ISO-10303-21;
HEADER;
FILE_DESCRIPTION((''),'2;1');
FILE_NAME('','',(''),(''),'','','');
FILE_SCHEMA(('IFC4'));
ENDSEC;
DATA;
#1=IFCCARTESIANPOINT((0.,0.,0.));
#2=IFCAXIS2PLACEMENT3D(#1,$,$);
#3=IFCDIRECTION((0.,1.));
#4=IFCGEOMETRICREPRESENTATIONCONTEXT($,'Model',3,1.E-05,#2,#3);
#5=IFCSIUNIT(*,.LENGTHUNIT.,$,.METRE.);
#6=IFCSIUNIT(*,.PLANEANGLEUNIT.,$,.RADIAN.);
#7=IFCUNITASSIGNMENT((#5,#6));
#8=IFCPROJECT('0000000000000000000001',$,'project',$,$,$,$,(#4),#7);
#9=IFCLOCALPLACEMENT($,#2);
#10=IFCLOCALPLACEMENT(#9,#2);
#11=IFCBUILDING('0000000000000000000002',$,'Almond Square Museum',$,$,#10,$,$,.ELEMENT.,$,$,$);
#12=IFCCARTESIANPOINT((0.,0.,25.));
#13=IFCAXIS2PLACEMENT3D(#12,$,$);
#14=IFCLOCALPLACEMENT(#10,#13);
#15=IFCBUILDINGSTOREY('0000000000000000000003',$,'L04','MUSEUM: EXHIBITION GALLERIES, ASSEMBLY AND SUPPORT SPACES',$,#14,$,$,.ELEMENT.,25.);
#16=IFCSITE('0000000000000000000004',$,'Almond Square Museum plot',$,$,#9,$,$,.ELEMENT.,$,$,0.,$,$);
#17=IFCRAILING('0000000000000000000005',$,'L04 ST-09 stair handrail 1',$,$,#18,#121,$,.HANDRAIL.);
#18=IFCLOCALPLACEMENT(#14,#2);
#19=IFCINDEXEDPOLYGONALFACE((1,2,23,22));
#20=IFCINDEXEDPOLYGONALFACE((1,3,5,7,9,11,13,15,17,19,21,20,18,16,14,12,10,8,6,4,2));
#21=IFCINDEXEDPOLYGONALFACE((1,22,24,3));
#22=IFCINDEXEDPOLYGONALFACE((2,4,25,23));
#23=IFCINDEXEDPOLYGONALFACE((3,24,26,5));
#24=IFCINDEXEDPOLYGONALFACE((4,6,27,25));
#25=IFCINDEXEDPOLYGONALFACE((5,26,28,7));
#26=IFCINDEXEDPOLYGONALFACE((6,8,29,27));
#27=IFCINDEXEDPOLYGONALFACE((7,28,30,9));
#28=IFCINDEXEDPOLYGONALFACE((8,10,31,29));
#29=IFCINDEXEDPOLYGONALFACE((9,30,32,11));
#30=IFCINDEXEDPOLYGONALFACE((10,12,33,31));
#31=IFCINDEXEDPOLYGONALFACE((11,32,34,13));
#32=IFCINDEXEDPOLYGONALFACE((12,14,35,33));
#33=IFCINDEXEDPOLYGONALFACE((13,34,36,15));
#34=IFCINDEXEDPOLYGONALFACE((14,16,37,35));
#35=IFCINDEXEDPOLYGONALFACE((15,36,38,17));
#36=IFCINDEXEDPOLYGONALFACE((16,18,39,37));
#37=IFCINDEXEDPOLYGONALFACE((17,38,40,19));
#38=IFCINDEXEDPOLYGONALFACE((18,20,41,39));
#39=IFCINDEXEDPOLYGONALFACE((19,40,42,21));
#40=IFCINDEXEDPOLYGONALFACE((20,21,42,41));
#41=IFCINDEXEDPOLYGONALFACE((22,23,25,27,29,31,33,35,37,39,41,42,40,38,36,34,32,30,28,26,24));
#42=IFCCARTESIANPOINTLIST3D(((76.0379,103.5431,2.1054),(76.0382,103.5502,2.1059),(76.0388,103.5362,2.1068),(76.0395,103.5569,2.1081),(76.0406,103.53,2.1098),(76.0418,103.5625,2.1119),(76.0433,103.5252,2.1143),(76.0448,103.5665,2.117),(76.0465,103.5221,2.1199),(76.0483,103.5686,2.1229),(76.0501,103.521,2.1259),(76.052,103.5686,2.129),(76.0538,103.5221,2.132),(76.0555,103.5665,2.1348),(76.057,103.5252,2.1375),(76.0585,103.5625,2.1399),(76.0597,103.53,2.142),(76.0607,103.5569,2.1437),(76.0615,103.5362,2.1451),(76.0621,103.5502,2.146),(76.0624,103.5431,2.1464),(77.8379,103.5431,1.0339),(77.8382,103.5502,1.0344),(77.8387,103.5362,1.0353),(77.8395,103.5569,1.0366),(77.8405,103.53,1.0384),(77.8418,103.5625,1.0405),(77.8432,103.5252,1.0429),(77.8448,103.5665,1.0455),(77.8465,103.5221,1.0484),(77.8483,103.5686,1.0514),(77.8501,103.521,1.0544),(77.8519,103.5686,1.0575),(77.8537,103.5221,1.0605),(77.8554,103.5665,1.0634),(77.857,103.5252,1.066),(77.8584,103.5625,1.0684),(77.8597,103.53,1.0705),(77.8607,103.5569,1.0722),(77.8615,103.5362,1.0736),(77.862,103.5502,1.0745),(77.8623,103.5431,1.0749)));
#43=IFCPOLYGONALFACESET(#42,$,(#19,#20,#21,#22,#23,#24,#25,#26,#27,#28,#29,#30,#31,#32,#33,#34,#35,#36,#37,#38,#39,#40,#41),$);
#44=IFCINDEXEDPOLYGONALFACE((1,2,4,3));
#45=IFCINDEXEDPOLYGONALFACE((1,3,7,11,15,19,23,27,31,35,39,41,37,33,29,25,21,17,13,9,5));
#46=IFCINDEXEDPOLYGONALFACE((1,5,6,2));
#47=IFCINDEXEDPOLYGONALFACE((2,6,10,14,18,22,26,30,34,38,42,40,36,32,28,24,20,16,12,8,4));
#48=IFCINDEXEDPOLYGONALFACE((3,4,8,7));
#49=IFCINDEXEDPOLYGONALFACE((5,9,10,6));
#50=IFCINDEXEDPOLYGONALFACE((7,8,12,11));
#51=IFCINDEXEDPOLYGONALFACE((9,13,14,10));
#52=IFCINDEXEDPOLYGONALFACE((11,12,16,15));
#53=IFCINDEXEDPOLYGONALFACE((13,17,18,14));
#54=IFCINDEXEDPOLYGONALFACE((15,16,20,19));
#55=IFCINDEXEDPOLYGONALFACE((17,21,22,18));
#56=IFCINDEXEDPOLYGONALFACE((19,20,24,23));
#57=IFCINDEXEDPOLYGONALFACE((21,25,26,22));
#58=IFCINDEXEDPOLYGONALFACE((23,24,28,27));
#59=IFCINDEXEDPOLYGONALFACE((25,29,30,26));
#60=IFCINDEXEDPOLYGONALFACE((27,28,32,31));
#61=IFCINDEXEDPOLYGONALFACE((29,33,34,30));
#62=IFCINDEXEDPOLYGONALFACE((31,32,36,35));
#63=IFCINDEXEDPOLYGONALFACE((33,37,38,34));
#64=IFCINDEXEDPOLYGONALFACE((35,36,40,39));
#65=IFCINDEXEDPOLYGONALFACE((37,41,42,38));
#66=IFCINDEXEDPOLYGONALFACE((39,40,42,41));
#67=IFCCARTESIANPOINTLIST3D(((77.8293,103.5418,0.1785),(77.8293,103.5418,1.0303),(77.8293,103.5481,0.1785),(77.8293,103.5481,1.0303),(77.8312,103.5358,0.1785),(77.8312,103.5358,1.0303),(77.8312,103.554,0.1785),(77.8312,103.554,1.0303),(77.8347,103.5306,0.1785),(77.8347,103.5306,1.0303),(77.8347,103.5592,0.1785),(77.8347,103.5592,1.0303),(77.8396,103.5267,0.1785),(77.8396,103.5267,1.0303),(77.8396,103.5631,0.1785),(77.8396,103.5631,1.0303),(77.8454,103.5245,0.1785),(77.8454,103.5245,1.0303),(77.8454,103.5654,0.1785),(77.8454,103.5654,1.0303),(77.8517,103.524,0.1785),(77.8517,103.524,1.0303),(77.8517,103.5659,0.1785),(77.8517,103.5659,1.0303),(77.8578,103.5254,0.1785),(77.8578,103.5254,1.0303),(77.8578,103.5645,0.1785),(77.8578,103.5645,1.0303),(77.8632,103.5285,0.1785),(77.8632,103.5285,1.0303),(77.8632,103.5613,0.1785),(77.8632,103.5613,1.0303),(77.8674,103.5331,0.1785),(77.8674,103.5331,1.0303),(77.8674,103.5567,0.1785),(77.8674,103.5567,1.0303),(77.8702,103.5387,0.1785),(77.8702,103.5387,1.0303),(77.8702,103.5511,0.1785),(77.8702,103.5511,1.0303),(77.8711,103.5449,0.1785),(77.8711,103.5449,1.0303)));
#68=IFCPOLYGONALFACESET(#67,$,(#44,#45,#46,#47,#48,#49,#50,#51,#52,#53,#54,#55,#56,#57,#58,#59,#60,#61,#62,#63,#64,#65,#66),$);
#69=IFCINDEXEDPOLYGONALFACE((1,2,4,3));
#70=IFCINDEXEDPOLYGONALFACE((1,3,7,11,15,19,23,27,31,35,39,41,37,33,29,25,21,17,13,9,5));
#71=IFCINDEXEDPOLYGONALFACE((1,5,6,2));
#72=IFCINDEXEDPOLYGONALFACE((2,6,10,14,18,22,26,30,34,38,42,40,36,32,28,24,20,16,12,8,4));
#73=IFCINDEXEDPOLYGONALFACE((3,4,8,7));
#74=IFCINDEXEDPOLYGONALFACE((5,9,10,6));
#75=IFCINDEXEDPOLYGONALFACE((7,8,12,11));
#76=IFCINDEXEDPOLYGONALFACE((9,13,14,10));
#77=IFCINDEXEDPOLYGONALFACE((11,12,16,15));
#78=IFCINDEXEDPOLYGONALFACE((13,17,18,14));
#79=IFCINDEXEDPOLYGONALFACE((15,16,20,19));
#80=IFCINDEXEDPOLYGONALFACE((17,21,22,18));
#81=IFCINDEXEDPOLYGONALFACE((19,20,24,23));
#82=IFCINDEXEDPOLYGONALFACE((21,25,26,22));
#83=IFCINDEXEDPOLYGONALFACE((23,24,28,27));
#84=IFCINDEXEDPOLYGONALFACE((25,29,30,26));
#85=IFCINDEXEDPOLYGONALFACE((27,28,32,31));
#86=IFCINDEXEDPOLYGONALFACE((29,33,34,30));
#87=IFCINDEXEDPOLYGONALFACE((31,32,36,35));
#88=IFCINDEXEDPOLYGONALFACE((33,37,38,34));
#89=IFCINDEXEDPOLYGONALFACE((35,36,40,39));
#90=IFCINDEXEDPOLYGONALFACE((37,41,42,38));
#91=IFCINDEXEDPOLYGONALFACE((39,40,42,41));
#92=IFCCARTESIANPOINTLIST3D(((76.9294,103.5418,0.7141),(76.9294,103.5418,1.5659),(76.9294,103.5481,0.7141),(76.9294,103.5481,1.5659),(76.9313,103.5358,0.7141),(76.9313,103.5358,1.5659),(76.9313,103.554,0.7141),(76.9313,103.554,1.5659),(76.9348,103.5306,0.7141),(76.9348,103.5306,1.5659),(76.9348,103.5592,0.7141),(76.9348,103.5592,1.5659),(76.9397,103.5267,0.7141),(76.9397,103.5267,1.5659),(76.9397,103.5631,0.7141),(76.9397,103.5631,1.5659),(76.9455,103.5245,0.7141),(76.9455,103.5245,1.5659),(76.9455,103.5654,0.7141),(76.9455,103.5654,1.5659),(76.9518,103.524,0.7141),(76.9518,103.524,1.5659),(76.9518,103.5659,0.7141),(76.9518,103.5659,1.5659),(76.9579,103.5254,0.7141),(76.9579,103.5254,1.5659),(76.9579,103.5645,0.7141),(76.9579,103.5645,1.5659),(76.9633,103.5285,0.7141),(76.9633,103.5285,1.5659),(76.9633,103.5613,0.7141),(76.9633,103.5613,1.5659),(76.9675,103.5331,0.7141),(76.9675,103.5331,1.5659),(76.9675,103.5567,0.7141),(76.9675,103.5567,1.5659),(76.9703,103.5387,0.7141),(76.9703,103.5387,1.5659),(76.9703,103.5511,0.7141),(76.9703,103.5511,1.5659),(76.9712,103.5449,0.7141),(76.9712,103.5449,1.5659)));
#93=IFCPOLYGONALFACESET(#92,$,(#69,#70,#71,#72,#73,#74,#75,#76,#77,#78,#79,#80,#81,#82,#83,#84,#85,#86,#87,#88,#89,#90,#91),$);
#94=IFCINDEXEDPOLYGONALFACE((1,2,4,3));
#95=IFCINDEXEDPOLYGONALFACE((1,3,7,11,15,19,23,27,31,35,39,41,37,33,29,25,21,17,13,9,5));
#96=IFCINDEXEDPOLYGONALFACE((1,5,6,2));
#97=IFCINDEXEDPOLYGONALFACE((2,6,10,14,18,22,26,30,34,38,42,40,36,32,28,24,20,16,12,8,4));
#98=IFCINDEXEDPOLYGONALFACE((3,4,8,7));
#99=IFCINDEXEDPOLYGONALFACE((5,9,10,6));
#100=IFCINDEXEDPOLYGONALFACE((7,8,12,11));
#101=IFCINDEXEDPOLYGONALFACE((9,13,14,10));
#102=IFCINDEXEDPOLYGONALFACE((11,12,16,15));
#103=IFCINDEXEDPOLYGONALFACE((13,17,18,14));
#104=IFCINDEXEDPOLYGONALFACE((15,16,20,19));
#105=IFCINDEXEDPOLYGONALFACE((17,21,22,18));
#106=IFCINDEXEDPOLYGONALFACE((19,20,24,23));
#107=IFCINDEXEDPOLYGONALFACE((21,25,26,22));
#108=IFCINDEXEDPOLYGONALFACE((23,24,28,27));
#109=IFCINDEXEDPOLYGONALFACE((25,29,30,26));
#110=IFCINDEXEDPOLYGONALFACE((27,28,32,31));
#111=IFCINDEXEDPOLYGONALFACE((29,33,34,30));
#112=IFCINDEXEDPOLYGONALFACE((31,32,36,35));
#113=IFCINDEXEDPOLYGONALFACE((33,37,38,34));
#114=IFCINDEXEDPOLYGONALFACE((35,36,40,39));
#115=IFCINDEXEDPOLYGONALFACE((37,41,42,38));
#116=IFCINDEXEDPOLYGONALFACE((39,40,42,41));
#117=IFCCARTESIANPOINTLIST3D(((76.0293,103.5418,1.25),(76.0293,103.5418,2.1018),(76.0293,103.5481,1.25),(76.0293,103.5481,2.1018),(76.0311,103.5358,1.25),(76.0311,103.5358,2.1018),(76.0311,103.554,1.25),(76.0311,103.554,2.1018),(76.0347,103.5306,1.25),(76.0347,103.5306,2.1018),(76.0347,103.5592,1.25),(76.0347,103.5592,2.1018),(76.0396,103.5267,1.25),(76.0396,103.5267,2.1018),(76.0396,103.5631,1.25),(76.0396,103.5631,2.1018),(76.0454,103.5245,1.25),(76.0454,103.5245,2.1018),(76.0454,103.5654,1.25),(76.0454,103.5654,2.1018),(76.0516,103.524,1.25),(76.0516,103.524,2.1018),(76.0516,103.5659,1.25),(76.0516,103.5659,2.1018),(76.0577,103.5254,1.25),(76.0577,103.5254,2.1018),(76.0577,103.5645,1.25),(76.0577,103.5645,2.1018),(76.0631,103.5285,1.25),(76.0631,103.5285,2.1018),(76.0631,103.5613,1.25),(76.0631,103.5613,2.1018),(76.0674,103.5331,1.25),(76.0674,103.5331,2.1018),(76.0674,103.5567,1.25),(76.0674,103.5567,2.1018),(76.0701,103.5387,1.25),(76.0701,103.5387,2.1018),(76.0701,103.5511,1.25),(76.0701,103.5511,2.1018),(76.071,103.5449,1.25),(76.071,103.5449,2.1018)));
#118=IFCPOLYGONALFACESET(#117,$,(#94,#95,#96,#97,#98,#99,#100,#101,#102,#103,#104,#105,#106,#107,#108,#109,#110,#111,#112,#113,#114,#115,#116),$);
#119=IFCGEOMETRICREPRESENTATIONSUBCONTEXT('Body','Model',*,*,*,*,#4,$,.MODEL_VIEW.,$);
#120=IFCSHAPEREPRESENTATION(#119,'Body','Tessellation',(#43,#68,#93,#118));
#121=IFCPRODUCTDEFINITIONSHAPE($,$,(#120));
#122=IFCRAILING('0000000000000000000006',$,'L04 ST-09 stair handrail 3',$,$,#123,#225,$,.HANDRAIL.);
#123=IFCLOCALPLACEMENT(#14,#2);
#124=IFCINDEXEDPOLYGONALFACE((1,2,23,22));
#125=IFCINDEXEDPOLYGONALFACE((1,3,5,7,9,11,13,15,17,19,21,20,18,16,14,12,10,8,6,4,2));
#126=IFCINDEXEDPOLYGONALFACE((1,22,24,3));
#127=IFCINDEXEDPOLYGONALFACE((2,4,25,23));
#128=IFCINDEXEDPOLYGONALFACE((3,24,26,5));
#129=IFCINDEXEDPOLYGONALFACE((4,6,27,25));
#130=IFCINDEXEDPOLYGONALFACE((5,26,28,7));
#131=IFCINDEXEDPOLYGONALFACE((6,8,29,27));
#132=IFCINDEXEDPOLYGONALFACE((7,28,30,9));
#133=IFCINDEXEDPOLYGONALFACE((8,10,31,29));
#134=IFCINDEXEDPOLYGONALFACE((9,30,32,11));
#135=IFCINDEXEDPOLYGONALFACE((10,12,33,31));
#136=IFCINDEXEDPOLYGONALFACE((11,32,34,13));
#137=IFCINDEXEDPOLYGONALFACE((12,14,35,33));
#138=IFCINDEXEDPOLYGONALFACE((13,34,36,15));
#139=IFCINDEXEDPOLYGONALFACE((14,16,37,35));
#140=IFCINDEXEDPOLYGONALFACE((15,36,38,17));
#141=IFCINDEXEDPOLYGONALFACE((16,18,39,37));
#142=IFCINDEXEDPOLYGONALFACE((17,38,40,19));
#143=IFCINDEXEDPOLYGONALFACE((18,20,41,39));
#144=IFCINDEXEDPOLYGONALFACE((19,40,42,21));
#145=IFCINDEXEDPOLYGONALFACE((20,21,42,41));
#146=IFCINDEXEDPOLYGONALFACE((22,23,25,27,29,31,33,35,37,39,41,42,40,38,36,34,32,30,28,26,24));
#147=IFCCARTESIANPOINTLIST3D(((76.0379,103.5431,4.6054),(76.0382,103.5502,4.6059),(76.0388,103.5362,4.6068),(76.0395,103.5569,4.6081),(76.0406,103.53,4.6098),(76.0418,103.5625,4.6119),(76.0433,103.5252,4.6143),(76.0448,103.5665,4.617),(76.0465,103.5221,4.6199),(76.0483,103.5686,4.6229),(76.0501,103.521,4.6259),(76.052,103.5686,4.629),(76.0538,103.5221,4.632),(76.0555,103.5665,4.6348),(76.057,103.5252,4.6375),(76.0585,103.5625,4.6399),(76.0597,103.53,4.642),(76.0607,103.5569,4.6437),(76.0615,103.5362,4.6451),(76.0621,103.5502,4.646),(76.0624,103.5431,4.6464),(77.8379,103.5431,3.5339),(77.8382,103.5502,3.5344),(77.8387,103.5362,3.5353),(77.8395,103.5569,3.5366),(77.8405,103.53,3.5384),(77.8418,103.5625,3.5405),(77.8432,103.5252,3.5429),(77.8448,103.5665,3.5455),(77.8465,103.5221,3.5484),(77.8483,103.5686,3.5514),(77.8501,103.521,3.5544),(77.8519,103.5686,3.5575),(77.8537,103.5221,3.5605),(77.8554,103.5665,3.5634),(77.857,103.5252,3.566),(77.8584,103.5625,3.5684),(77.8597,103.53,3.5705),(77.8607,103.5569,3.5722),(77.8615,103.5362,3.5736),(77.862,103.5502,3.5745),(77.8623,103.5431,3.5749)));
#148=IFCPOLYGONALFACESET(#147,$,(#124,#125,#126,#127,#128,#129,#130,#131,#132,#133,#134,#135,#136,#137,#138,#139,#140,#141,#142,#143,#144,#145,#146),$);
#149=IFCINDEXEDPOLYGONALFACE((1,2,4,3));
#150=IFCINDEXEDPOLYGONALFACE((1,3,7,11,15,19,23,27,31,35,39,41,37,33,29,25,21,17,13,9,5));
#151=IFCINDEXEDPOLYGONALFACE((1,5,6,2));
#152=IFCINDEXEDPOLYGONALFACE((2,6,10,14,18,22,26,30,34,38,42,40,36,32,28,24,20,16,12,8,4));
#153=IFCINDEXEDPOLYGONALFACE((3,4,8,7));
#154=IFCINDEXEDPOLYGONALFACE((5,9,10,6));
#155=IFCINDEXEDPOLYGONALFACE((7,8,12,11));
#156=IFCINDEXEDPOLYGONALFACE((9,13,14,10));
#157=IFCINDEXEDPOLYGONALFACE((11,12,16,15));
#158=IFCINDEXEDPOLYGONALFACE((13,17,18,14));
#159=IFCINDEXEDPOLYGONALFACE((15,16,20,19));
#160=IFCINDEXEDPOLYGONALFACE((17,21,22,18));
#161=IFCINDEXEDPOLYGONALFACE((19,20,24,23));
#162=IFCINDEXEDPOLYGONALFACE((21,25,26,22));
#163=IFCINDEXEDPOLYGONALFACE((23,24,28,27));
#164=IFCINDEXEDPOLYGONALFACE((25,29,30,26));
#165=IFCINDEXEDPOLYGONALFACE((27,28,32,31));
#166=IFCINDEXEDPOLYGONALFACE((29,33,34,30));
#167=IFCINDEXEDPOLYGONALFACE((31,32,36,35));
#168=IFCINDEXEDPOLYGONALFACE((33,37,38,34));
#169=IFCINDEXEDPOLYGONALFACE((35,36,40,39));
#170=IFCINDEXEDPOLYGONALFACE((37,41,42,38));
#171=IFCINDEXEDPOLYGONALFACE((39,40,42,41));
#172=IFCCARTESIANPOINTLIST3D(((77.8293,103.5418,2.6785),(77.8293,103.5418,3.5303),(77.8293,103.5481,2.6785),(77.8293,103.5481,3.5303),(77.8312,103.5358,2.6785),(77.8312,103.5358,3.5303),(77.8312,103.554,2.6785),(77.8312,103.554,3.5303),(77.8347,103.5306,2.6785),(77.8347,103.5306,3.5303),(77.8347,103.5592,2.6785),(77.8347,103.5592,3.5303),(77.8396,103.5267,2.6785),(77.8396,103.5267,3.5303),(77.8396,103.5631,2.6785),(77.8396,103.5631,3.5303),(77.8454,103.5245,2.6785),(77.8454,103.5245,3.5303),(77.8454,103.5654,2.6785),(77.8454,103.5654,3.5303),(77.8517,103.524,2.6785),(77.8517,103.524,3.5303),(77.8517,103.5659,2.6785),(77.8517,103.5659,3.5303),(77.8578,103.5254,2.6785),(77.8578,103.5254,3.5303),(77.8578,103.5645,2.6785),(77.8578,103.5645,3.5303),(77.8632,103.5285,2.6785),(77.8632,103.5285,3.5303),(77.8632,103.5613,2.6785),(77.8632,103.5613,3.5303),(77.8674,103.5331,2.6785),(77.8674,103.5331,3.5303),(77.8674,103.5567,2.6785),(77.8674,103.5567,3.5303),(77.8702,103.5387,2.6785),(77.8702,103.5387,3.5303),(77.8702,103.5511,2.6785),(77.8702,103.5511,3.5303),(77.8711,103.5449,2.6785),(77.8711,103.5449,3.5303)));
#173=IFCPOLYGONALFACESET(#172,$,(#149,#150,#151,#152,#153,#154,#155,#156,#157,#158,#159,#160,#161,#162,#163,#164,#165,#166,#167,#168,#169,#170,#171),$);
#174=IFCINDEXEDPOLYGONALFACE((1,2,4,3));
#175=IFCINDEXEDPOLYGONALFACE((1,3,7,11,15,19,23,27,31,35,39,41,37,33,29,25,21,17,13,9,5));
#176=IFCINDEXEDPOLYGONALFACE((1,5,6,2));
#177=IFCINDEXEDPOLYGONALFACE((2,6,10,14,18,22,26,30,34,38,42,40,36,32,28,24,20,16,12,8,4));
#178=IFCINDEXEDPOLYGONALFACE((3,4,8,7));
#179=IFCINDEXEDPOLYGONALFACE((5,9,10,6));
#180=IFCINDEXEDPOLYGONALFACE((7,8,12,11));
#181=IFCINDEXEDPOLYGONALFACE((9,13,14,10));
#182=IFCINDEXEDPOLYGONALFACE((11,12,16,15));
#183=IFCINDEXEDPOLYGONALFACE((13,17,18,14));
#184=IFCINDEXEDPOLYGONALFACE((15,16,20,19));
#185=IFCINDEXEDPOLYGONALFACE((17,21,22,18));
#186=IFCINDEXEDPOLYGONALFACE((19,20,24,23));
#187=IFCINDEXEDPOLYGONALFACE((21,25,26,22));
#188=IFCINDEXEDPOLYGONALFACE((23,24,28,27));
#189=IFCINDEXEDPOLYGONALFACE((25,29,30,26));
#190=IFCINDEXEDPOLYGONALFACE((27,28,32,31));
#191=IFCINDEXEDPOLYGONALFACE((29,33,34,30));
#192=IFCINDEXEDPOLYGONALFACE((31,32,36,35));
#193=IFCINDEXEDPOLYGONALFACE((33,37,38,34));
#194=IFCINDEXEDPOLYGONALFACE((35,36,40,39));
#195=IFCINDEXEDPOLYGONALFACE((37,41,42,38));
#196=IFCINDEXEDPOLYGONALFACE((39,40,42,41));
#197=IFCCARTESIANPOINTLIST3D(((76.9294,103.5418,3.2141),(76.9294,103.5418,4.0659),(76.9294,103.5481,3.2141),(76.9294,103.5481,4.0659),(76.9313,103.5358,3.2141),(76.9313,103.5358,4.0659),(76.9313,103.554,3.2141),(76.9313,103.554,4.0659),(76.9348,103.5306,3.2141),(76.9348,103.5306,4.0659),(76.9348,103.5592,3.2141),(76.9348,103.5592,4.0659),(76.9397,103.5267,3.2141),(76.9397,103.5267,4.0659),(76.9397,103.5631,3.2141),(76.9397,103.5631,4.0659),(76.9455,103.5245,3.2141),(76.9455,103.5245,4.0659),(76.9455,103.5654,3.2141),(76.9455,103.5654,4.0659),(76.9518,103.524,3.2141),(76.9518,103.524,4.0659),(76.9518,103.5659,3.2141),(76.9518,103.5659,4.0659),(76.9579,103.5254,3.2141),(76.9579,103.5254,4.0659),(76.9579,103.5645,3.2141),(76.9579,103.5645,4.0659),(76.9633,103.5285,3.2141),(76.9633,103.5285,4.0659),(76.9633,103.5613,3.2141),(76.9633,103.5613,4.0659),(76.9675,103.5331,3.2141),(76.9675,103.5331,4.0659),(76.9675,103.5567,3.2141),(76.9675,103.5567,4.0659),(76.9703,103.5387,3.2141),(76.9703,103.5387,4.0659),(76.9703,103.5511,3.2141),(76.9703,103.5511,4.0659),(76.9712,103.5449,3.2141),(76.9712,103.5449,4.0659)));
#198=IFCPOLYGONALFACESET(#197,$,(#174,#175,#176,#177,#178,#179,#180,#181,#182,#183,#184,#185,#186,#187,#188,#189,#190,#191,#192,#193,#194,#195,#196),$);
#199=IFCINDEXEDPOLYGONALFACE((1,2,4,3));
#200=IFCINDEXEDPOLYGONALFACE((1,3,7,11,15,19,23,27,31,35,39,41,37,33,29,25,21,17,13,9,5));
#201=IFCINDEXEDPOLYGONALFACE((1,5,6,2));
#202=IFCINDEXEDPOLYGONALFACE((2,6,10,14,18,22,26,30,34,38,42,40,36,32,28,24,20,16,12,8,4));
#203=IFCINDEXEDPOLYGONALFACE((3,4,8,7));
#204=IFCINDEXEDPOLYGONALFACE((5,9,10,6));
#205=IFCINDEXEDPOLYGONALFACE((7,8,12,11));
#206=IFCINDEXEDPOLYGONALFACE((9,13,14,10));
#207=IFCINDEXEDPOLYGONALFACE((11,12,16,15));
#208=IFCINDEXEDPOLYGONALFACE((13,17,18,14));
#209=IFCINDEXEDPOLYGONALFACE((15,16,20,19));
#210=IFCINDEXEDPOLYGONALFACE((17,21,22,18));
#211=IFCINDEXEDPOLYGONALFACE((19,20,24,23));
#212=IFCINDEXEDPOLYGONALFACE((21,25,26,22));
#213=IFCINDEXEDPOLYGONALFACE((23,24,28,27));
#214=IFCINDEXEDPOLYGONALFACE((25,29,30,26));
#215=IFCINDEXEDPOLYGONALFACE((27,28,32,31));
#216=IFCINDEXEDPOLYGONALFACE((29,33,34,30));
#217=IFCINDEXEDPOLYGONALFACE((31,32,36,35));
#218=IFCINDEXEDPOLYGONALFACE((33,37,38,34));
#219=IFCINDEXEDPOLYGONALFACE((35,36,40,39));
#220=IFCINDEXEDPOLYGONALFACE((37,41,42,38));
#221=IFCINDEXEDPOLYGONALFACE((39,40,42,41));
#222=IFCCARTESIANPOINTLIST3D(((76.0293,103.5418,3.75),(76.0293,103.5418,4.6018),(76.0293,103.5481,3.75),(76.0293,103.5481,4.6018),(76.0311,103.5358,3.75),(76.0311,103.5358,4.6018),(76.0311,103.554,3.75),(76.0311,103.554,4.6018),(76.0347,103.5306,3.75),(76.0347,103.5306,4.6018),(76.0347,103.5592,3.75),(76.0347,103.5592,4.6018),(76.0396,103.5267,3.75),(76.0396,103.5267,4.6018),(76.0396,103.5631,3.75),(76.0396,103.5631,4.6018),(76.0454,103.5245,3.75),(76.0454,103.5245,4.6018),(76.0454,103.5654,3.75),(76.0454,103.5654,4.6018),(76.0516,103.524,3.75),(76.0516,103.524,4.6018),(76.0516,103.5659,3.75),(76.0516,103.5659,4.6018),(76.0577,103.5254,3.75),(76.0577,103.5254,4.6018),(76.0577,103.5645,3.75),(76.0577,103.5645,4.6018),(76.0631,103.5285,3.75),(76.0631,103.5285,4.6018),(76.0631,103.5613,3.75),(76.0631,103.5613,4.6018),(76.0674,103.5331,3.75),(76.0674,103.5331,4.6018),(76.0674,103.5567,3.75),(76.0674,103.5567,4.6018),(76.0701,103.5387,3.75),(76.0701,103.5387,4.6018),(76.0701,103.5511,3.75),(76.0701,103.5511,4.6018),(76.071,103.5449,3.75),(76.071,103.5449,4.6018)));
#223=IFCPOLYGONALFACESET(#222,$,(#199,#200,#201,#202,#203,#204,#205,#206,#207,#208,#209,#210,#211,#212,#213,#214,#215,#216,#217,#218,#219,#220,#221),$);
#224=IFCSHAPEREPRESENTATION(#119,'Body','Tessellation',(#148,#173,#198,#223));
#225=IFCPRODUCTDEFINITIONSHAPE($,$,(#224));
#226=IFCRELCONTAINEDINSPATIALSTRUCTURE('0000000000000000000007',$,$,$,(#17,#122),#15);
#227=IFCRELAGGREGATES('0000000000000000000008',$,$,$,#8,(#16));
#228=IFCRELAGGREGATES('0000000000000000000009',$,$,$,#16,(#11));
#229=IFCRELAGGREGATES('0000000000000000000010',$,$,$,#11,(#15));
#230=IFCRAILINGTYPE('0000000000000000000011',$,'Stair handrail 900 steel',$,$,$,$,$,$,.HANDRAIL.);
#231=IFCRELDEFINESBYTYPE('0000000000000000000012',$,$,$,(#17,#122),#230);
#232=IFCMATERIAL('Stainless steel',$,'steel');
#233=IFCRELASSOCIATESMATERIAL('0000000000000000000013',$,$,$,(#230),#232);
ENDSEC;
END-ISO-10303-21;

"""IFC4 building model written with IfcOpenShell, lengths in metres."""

from ifc_helpers import new_model, si_unit, direction, frame, origin, origin_2d, place, context, subcontext, project, spatial, circle, extrude, material, type_object, element, save


model = new_model("IFC4")

# Units and contexts
model_context = context("Model", 3, precision=1e-05, world=origin(), true_north=direction((0.0, 1.0)))
body_context = subcontext(model_context, "Body", "Model", "MODEL_VIEW")
ifc_project = project(units=[si_unit("LENGTHUNIT", "METRE"), si_unit("PLANEANGLEUNIT", "RADIAN")], contexts=[model_context])

# Site, building, storey
site_placement = place(None, origin())
site = spatial("IfcSite", under=ifc_project, at=site_placement, Name="Almond Square Museum plot", CompositionType="ELEMENT", RefElevation=0.0)
building_placement = place(site_placement, origin())
building = spatial("IfcBuilding", under=site, at=building_placement, Name="Almond Square Museum", CompositionType="ELEMENT")
storey_placement = place(building_placement, frame((0.0, 0.0, 25.0)))
storey = spatial("IfcBuildingStorey", under=building, at=storey_placement, Name="L04", Description="MUSEUM: EXHIBITION GALLERIES, ASSEMBLY AND SUPPORT SPACES", CompositionType="ELEMENT", Elevation=25.0)

# Railings
ifc_material_1 = material(Name="Stainless steel", Category="steel")
railing_type_1 = type_object("IfcRailingType", Name="Stair handrail 900 steel", PredefinedType="HANDRAIL", material=ifc_material_1)
for number, where, name in (
    (1, (77.8501, 103.5449, 0.1785), "L04 ST-09 stair handrail 1"),
    (2, (77.8501, 103.5449, 2.6785), "L04 ST-09 stair handrail 3"),
):
    element("IfcRailing", number, at=place(storey_placement, frame(where)), inside=storey, type_object=railing_type_1, Name=name, PredefinedType="HANDRAIL", context=body_context, shape_type="SweptSolid", body=[
        extrude(circle(Radius=0.0239, at=origin_2d()), frame((0.0, 0.0, 0.876), z_axis=(-0.859277, 0.0, 0.51151), x_axis=(0.0, -1.0, 0.0)), (0.0, 0.0, 1.0), 2.0947),
        extrude(circle(Radius=0.021, at=origin_2d()), origin(), (0.0, 0.0, 1.0), 0.8518),
        extrude(circle(Radius=0.021, at=origin_2d()), frame((-0.8999, 0.0, 0.5356)), (0.0, 0.0, 1.0), 0.8518),
        extrude(circle(Radius=0.021, at=origin_2d()), frame((-1.8, 0.0, 1.0715)), (0.0, 0.0, 1.0), 0.8518),
    ])

save(model, "model.ifc")
